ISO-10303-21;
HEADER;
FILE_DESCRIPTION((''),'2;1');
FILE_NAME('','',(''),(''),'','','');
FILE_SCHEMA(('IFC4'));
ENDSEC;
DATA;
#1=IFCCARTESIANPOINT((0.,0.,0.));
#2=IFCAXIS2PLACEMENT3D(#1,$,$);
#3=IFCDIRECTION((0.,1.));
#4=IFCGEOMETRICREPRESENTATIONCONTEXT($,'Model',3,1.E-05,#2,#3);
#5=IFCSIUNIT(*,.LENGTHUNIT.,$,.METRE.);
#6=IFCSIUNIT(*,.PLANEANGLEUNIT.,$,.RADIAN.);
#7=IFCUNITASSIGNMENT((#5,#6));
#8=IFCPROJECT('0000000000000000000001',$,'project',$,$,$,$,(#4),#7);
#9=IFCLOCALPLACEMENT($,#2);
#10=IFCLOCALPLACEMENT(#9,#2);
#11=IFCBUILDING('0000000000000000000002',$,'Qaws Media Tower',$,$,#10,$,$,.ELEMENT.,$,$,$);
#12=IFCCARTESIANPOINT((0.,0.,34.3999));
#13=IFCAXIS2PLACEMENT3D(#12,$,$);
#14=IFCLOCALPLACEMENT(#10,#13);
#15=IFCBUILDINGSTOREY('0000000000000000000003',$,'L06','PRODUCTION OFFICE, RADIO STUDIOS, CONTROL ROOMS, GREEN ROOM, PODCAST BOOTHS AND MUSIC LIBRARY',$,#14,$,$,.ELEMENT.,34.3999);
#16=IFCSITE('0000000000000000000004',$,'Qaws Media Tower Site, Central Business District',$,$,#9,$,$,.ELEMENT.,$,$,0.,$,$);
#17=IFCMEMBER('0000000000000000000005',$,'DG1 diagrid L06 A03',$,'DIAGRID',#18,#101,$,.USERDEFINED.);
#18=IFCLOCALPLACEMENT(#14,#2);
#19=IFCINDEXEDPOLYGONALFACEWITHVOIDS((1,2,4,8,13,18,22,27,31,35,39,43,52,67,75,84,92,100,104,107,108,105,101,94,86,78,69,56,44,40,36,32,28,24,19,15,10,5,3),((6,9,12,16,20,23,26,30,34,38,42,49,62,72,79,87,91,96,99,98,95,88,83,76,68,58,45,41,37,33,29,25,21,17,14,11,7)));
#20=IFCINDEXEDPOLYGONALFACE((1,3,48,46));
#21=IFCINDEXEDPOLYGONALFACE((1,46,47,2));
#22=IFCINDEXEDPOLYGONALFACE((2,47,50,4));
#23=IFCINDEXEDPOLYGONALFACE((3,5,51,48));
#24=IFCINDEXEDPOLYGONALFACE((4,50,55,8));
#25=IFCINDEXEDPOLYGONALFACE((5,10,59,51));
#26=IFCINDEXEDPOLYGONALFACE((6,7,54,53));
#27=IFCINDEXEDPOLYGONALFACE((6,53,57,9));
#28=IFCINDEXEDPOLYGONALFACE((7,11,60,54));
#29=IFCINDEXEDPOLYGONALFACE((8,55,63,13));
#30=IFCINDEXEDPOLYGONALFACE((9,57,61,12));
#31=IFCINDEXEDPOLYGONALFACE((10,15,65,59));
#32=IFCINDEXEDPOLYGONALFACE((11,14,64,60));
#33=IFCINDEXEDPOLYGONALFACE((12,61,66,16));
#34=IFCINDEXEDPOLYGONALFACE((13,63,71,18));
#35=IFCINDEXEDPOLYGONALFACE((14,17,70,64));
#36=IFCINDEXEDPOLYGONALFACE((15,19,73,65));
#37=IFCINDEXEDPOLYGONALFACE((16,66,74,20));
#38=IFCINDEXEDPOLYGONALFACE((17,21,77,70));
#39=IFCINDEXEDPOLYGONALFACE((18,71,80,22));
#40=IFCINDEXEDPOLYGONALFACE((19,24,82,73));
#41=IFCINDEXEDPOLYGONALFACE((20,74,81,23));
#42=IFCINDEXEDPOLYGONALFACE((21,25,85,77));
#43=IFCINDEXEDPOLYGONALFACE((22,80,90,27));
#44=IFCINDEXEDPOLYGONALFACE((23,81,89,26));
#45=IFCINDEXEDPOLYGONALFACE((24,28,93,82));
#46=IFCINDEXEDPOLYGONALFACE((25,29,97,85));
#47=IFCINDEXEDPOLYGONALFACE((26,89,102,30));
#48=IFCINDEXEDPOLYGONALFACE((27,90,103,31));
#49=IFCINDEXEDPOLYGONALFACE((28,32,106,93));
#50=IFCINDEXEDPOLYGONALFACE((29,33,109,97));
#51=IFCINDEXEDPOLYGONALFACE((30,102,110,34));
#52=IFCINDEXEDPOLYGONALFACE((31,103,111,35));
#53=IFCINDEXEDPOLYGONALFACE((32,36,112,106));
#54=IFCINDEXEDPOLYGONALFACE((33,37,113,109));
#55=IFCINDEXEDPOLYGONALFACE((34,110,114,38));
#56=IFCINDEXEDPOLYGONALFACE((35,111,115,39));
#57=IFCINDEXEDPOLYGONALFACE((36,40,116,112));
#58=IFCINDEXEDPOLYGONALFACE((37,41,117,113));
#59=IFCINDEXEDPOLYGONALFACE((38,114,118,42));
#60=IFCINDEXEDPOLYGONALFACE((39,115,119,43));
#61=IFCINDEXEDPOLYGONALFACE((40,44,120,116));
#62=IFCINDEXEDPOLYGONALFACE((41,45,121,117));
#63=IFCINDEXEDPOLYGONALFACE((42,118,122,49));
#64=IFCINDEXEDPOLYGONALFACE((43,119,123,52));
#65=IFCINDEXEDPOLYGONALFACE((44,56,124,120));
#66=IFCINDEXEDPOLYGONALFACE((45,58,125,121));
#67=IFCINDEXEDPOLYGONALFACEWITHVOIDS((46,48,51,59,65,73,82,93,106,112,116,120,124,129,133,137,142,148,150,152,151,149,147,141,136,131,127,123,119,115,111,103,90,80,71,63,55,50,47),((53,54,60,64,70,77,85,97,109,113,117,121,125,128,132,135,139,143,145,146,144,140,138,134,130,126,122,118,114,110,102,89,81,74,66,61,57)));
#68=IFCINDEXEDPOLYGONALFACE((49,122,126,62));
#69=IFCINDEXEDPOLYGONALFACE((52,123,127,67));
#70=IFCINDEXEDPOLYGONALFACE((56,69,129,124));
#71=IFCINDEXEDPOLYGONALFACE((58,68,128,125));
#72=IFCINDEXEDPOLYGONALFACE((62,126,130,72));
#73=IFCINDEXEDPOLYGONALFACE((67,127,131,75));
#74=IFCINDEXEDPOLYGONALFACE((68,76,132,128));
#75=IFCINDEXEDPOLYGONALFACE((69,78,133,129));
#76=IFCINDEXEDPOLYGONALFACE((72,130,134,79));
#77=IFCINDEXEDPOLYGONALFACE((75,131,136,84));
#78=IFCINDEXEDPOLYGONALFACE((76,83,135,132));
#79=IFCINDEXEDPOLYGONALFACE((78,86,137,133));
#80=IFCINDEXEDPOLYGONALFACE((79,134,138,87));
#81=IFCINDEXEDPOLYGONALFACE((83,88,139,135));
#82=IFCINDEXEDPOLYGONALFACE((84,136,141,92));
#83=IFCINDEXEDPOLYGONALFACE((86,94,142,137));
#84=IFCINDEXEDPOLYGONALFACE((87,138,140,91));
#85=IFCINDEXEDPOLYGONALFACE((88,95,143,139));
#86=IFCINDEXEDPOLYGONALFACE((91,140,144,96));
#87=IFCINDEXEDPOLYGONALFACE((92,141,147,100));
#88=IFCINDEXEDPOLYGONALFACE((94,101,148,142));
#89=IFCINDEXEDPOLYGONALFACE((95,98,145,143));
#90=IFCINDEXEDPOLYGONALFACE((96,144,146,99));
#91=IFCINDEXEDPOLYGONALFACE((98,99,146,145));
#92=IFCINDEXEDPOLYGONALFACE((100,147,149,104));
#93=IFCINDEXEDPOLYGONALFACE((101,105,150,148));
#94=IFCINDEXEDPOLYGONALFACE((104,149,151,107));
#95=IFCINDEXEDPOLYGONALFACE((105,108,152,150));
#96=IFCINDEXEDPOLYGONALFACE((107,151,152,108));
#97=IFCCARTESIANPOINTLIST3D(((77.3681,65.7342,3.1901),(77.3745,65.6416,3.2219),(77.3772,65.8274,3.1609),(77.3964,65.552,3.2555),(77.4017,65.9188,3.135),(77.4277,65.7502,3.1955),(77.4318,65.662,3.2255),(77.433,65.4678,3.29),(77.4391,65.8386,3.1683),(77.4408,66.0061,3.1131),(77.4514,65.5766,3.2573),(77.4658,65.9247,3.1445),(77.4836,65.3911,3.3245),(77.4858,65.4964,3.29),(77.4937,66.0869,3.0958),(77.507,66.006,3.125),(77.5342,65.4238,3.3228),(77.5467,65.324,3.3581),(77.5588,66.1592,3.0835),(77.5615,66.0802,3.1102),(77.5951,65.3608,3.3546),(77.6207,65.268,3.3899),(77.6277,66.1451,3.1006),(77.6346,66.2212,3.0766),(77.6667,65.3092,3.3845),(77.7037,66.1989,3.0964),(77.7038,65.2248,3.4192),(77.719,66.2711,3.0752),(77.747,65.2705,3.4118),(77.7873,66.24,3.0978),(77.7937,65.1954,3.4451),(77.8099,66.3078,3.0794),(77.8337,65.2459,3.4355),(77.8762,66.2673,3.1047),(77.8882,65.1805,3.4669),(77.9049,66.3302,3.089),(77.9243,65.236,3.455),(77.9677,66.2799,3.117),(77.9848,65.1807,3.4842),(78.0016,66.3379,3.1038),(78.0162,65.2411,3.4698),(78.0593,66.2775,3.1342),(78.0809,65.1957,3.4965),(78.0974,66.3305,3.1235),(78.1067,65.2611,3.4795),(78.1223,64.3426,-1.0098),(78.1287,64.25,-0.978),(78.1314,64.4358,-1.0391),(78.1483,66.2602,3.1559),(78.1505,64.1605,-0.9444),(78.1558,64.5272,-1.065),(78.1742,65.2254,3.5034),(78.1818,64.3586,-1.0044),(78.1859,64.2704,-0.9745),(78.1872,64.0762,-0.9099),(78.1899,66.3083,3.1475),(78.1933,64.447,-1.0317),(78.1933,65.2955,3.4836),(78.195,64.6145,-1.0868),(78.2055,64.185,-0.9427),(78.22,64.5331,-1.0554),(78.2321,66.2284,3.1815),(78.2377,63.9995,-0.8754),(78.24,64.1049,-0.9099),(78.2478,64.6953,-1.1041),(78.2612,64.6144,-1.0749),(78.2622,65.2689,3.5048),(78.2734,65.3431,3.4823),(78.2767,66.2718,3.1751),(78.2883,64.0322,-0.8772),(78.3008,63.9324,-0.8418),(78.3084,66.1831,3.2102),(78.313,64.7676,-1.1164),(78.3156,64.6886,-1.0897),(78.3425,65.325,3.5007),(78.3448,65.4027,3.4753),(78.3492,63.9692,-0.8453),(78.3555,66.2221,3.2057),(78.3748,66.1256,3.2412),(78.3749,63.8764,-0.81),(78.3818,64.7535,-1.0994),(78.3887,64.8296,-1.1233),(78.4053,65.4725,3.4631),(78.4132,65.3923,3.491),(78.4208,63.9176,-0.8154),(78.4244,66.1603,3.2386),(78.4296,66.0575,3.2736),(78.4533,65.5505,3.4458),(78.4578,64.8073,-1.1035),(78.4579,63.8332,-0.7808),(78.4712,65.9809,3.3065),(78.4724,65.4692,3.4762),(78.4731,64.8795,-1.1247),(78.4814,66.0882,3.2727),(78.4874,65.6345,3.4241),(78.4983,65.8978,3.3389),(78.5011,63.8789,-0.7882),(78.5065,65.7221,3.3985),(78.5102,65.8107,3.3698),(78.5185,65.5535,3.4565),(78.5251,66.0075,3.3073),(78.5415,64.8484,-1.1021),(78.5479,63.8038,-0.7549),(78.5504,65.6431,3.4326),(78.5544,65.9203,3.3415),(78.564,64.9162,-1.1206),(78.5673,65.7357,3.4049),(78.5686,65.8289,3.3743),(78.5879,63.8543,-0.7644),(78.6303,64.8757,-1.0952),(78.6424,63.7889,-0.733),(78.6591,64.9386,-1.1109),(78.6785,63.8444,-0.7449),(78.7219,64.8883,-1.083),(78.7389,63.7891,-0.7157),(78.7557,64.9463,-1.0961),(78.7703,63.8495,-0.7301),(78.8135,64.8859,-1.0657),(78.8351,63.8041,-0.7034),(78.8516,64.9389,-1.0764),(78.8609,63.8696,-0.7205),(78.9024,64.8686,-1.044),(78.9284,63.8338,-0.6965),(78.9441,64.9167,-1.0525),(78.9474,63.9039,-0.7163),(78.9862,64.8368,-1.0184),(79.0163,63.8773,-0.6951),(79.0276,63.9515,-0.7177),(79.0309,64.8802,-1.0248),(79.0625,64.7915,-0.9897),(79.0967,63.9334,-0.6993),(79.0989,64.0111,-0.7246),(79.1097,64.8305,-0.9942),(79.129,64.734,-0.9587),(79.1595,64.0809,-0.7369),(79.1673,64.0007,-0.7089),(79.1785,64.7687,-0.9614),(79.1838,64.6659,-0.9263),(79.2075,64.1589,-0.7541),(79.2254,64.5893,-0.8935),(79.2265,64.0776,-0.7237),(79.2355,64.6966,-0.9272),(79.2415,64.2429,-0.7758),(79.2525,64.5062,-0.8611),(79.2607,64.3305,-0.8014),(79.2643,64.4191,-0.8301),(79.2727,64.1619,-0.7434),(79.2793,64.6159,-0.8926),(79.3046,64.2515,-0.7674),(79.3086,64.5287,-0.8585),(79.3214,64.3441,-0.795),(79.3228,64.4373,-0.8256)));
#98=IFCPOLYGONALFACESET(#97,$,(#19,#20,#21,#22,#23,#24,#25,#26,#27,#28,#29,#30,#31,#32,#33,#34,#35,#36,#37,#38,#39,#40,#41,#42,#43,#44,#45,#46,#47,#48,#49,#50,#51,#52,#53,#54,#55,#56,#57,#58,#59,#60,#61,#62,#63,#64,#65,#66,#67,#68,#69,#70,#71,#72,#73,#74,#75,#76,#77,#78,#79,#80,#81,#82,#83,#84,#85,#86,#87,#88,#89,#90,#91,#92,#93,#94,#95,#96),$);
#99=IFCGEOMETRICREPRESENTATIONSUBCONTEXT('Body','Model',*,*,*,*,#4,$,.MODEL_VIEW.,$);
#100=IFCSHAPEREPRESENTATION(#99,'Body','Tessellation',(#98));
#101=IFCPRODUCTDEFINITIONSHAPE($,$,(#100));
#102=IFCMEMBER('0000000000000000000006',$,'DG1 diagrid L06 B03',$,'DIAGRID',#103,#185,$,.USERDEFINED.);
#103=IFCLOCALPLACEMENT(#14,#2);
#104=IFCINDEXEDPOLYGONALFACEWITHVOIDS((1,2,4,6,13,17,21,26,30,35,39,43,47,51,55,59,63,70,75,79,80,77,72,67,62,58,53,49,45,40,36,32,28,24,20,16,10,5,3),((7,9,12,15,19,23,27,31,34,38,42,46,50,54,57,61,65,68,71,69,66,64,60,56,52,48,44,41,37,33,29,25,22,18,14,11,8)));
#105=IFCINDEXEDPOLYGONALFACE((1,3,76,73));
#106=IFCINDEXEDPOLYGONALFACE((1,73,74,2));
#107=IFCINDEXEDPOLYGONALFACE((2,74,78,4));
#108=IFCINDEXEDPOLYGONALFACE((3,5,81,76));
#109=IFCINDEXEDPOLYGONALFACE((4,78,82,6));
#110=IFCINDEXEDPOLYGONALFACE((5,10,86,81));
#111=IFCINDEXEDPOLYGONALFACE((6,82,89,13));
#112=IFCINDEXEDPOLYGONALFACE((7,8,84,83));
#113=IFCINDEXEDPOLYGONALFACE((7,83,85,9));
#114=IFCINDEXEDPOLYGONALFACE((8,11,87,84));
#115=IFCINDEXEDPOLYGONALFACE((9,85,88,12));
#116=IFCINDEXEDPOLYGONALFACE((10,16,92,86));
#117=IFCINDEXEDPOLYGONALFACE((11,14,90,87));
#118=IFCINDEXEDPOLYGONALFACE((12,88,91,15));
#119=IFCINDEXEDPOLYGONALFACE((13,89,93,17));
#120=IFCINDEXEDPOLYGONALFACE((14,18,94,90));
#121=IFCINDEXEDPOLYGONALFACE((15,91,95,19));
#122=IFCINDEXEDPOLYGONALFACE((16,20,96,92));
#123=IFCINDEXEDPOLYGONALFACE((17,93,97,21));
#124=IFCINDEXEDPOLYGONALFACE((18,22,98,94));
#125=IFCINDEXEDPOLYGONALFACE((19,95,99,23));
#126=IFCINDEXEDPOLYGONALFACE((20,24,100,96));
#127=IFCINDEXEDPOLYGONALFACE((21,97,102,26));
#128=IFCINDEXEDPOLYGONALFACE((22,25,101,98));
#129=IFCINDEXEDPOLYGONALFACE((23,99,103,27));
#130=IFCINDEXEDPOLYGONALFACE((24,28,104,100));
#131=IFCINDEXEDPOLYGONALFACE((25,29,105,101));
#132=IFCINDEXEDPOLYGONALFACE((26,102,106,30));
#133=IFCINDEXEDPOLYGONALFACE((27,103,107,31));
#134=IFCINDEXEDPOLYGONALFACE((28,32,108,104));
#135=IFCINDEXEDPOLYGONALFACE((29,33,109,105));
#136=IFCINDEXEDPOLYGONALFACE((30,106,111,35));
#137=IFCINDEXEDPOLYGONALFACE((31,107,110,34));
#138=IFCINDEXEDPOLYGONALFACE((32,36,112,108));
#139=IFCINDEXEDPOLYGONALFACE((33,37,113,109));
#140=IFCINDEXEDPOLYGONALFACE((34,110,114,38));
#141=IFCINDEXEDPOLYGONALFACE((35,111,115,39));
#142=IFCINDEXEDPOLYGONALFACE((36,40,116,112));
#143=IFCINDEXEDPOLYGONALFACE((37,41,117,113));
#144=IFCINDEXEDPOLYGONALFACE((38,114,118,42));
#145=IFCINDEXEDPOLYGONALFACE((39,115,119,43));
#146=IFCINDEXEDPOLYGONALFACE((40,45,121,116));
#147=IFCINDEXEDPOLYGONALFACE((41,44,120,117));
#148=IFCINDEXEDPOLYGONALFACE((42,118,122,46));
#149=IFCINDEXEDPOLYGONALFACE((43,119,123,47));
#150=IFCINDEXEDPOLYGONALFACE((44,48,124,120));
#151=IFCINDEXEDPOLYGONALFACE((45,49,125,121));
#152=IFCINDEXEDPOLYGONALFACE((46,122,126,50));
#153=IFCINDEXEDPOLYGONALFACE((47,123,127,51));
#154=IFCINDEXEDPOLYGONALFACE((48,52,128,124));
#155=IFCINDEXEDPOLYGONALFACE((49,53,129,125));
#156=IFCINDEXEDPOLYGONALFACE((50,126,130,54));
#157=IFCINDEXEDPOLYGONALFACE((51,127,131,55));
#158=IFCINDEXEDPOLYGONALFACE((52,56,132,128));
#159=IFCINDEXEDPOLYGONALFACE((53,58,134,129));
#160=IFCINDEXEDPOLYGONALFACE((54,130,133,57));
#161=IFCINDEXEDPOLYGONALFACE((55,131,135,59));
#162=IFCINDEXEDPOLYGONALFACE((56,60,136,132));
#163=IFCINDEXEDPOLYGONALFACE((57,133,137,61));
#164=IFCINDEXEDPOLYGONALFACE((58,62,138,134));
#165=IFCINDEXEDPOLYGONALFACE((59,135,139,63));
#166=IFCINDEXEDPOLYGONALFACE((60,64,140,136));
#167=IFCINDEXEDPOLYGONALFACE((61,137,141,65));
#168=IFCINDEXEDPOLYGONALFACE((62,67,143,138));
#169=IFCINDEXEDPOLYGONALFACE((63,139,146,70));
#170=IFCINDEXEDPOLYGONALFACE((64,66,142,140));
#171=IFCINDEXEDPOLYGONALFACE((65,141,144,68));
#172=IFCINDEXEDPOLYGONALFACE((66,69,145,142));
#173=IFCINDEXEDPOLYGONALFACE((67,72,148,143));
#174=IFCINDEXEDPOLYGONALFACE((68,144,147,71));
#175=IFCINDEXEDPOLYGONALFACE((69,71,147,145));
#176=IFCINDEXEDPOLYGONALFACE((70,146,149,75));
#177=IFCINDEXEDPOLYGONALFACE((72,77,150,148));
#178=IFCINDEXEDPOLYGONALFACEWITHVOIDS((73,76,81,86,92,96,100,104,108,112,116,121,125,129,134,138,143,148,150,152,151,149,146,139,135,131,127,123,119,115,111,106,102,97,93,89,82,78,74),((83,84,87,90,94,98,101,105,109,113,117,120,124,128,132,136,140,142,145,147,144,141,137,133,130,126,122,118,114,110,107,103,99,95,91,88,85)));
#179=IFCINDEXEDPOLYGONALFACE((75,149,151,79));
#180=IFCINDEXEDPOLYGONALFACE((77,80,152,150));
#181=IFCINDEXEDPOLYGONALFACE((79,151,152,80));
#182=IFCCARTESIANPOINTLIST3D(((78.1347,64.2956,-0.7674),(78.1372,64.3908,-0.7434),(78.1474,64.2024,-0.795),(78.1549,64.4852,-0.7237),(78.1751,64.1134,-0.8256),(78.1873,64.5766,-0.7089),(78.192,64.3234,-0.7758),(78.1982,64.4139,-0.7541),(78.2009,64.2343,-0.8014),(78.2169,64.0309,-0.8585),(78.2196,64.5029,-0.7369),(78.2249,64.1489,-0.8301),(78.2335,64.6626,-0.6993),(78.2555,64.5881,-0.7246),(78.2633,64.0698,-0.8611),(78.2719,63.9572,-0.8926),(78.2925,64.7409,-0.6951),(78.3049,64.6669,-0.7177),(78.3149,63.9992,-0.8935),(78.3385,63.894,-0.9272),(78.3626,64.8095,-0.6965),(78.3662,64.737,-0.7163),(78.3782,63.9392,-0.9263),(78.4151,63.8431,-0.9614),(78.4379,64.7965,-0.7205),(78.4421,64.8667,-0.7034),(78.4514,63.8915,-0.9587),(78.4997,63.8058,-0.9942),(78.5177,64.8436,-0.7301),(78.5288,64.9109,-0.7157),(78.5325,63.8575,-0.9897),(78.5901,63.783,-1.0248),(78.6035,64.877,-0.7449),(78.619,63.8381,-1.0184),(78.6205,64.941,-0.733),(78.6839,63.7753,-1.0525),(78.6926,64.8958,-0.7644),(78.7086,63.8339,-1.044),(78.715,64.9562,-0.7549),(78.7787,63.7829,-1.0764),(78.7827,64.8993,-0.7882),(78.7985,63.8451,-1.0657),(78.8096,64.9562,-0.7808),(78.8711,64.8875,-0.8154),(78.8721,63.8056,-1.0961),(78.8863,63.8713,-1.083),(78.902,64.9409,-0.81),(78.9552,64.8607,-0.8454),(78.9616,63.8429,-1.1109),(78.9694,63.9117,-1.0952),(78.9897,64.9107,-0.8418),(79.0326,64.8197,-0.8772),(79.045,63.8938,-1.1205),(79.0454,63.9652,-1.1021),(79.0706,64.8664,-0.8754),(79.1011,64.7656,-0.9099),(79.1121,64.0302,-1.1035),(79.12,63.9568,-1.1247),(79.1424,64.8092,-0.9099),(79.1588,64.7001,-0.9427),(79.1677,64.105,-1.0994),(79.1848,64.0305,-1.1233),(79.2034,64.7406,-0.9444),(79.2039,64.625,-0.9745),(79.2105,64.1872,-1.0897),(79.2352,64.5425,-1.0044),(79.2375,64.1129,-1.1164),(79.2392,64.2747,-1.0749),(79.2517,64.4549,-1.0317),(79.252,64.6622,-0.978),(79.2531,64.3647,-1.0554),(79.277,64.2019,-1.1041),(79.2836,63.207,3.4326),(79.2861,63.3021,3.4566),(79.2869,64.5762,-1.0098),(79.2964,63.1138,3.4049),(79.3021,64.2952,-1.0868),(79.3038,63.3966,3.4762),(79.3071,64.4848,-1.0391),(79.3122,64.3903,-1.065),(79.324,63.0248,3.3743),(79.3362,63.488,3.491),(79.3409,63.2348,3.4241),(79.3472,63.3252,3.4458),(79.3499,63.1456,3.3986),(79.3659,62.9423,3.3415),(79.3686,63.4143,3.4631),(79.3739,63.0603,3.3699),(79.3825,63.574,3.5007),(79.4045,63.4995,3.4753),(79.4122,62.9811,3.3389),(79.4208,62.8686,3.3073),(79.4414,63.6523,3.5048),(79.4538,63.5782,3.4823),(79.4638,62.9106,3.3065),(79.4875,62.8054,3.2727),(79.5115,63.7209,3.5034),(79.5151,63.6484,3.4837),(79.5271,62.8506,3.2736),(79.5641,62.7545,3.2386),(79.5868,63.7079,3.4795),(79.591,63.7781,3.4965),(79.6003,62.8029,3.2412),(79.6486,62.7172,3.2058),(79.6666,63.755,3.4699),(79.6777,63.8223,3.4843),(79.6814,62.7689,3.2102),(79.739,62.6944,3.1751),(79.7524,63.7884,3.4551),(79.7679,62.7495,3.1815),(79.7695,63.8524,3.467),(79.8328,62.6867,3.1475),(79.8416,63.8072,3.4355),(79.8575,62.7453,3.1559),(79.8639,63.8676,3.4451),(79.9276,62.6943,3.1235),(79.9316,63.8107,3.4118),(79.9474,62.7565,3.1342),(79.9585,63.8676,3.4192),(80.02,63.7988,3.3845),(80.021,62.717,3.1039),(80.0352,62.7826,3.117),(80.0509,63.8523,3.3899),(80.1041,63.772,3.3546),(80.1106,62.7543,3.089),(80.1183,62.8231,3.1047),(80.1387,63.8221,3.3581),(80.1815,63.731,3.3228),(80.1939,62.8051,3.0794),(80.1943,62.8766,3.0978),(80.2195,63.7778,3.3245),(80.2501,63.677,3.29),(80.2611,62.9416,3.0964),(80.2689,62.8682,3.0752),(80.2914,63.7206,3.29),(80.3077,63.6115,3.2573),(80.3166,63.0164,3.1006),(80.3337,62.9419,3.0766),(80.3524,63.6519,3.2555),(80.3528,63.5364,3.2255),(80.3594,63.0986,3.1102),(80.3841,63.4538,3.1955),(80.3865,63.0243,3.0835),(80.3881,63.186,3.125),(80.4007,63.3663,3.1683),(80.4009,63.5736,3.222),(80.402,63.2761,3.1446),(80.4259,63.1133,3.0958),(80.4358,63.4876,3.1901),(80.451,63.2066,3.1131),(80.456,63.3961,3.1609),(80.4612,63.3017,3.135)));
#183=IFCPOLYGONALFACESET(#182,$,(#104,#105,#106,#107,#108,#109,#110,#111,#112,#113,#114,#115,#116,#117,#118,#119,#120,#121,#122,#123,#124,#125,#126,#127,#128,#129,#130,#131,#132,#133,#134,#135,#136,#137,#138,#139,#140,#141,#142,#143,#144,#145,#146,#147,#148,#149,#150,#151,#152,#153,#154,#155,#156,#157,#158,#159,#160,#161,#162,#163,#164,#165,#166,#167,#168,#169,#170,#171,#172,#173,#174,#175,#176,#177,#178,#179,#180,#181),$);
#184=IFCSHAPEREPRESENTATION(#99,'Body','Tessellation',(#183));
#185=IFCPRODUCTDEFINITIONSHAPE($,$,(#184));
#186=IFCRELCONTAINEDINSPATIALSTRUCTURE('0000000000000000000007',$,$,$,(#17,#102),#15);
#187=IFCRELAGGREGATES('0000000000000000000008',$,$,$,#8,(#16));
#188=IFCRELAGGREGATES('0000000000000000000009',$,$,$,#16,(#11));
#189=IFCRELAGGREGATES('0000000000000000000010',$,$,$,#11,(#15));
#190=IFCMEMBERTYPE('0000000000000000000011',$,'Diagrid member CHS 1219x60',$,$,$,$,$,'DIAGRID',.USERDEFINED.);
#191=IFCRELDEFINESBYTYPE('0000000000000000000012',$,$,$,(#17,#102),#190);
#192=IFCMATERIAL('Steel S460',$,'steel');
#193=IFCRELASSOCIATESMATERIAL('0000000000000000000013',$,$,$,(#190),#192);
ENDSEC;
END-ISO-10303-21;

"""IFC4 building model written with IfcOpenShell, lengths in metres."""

from ifc_helpers import new_model, si_unit, direction, frame, origin, origin_2d, place, context, subcontext, project, spatial, hollow_circle, extrude, material, material_profile, profile_set, type_object, element, save


model = new_model("IFC4")

# Units and contexts
model_context = context("Model", 3, precision=1e-05, world=origin(), true_north=direction((0.0, 1.0)))
body_context = subcontext(model_context, "Body", "Model", "MODEL_VIEW")
ifc_project = project(units=[si_unit("LENGTHUNIT", "METRE"), si_unit("PLANEANGLEUNIT", "RADIAN")], contexts=[model_context])

# Site, building, storey
site_placement = place(None, origin())
site = spatial("IfcSite", under=ifc_project, at=site_placement, Name="Qaws Media Tower Site, Central Business District", CompositionType="ELEMENT", RefElevation=0.0)
building_placement = place(site_placement, origin())
building = spatial("IfcBuilding", under=site, at=building_placement, Name="Qaws Media Tower", CompositionType="ELEMENT")
storey_placement = place(building_placement, frame((0.0, 0.0, 34.3999)))
storey = spatial("IfcBuildingStorey", under=building, at=storey_placement, Name="L06", Description="PRODUCTION OFFICE, RADIO STUDIOS, CONTROL ROOMS, GREEN ROOM, PODCAST BOOTHS AND MUSIC LIBRARY", CompositionType="ELEMENT", Elevation=34.3999)

# Members
ifc_material_1 = material(Name="Steel S460", Category="steel")
ifc_material_profile_1 = material_profile(ifc_material_1, hollow_circle(Radius=0.6096, WallThickness=0.0601, at=origin_2d()), Name="CHS 1219x60")
ifc_profile_set_1 = profile_set([ifc_material_profile_1], Name="Steel S460")
member_type_1 = type_object("IfcMemberType", Name="Diagrid member CHS 1219x60", ElementType="DIAGRID", PredefinedType="USERDEFINED", material=ifc_profile_set_1)
for number, where, z_axis, x_axis, name in (
    (1, (78.7231, 64.3667, -0.9099), (-0.168026, 0.310051, 0.935754), (-0.879195, -0.476462, 0.0), "DG1 diagrid L06 A03"),
    (2, (78.7231, 64.3667, -0.9099), (0.255983, -0.242548, 0.935758), (0.6878, 0.7259, 0.0), "DG1 diagrid L06 B03"),
):
    element("IfcMember", number, at=place(storey_placement, frame(where, z_axis=z_axis, x_axis=x_axis)), inside=storey, type_object=member_type_1, Name=name, ObjectType="DIAGRID", PredefinedType="USERDEFINED", context=body_context, shape_type="SweptSolid", body=[
        extrude(hollow_circle(Radius=0.6096, WallThickness=0.0601, at=origin_2d()), origin(), (0.0, 0.0, 1.0), 4.4883),
    ])

save(model, "model.ifc")
